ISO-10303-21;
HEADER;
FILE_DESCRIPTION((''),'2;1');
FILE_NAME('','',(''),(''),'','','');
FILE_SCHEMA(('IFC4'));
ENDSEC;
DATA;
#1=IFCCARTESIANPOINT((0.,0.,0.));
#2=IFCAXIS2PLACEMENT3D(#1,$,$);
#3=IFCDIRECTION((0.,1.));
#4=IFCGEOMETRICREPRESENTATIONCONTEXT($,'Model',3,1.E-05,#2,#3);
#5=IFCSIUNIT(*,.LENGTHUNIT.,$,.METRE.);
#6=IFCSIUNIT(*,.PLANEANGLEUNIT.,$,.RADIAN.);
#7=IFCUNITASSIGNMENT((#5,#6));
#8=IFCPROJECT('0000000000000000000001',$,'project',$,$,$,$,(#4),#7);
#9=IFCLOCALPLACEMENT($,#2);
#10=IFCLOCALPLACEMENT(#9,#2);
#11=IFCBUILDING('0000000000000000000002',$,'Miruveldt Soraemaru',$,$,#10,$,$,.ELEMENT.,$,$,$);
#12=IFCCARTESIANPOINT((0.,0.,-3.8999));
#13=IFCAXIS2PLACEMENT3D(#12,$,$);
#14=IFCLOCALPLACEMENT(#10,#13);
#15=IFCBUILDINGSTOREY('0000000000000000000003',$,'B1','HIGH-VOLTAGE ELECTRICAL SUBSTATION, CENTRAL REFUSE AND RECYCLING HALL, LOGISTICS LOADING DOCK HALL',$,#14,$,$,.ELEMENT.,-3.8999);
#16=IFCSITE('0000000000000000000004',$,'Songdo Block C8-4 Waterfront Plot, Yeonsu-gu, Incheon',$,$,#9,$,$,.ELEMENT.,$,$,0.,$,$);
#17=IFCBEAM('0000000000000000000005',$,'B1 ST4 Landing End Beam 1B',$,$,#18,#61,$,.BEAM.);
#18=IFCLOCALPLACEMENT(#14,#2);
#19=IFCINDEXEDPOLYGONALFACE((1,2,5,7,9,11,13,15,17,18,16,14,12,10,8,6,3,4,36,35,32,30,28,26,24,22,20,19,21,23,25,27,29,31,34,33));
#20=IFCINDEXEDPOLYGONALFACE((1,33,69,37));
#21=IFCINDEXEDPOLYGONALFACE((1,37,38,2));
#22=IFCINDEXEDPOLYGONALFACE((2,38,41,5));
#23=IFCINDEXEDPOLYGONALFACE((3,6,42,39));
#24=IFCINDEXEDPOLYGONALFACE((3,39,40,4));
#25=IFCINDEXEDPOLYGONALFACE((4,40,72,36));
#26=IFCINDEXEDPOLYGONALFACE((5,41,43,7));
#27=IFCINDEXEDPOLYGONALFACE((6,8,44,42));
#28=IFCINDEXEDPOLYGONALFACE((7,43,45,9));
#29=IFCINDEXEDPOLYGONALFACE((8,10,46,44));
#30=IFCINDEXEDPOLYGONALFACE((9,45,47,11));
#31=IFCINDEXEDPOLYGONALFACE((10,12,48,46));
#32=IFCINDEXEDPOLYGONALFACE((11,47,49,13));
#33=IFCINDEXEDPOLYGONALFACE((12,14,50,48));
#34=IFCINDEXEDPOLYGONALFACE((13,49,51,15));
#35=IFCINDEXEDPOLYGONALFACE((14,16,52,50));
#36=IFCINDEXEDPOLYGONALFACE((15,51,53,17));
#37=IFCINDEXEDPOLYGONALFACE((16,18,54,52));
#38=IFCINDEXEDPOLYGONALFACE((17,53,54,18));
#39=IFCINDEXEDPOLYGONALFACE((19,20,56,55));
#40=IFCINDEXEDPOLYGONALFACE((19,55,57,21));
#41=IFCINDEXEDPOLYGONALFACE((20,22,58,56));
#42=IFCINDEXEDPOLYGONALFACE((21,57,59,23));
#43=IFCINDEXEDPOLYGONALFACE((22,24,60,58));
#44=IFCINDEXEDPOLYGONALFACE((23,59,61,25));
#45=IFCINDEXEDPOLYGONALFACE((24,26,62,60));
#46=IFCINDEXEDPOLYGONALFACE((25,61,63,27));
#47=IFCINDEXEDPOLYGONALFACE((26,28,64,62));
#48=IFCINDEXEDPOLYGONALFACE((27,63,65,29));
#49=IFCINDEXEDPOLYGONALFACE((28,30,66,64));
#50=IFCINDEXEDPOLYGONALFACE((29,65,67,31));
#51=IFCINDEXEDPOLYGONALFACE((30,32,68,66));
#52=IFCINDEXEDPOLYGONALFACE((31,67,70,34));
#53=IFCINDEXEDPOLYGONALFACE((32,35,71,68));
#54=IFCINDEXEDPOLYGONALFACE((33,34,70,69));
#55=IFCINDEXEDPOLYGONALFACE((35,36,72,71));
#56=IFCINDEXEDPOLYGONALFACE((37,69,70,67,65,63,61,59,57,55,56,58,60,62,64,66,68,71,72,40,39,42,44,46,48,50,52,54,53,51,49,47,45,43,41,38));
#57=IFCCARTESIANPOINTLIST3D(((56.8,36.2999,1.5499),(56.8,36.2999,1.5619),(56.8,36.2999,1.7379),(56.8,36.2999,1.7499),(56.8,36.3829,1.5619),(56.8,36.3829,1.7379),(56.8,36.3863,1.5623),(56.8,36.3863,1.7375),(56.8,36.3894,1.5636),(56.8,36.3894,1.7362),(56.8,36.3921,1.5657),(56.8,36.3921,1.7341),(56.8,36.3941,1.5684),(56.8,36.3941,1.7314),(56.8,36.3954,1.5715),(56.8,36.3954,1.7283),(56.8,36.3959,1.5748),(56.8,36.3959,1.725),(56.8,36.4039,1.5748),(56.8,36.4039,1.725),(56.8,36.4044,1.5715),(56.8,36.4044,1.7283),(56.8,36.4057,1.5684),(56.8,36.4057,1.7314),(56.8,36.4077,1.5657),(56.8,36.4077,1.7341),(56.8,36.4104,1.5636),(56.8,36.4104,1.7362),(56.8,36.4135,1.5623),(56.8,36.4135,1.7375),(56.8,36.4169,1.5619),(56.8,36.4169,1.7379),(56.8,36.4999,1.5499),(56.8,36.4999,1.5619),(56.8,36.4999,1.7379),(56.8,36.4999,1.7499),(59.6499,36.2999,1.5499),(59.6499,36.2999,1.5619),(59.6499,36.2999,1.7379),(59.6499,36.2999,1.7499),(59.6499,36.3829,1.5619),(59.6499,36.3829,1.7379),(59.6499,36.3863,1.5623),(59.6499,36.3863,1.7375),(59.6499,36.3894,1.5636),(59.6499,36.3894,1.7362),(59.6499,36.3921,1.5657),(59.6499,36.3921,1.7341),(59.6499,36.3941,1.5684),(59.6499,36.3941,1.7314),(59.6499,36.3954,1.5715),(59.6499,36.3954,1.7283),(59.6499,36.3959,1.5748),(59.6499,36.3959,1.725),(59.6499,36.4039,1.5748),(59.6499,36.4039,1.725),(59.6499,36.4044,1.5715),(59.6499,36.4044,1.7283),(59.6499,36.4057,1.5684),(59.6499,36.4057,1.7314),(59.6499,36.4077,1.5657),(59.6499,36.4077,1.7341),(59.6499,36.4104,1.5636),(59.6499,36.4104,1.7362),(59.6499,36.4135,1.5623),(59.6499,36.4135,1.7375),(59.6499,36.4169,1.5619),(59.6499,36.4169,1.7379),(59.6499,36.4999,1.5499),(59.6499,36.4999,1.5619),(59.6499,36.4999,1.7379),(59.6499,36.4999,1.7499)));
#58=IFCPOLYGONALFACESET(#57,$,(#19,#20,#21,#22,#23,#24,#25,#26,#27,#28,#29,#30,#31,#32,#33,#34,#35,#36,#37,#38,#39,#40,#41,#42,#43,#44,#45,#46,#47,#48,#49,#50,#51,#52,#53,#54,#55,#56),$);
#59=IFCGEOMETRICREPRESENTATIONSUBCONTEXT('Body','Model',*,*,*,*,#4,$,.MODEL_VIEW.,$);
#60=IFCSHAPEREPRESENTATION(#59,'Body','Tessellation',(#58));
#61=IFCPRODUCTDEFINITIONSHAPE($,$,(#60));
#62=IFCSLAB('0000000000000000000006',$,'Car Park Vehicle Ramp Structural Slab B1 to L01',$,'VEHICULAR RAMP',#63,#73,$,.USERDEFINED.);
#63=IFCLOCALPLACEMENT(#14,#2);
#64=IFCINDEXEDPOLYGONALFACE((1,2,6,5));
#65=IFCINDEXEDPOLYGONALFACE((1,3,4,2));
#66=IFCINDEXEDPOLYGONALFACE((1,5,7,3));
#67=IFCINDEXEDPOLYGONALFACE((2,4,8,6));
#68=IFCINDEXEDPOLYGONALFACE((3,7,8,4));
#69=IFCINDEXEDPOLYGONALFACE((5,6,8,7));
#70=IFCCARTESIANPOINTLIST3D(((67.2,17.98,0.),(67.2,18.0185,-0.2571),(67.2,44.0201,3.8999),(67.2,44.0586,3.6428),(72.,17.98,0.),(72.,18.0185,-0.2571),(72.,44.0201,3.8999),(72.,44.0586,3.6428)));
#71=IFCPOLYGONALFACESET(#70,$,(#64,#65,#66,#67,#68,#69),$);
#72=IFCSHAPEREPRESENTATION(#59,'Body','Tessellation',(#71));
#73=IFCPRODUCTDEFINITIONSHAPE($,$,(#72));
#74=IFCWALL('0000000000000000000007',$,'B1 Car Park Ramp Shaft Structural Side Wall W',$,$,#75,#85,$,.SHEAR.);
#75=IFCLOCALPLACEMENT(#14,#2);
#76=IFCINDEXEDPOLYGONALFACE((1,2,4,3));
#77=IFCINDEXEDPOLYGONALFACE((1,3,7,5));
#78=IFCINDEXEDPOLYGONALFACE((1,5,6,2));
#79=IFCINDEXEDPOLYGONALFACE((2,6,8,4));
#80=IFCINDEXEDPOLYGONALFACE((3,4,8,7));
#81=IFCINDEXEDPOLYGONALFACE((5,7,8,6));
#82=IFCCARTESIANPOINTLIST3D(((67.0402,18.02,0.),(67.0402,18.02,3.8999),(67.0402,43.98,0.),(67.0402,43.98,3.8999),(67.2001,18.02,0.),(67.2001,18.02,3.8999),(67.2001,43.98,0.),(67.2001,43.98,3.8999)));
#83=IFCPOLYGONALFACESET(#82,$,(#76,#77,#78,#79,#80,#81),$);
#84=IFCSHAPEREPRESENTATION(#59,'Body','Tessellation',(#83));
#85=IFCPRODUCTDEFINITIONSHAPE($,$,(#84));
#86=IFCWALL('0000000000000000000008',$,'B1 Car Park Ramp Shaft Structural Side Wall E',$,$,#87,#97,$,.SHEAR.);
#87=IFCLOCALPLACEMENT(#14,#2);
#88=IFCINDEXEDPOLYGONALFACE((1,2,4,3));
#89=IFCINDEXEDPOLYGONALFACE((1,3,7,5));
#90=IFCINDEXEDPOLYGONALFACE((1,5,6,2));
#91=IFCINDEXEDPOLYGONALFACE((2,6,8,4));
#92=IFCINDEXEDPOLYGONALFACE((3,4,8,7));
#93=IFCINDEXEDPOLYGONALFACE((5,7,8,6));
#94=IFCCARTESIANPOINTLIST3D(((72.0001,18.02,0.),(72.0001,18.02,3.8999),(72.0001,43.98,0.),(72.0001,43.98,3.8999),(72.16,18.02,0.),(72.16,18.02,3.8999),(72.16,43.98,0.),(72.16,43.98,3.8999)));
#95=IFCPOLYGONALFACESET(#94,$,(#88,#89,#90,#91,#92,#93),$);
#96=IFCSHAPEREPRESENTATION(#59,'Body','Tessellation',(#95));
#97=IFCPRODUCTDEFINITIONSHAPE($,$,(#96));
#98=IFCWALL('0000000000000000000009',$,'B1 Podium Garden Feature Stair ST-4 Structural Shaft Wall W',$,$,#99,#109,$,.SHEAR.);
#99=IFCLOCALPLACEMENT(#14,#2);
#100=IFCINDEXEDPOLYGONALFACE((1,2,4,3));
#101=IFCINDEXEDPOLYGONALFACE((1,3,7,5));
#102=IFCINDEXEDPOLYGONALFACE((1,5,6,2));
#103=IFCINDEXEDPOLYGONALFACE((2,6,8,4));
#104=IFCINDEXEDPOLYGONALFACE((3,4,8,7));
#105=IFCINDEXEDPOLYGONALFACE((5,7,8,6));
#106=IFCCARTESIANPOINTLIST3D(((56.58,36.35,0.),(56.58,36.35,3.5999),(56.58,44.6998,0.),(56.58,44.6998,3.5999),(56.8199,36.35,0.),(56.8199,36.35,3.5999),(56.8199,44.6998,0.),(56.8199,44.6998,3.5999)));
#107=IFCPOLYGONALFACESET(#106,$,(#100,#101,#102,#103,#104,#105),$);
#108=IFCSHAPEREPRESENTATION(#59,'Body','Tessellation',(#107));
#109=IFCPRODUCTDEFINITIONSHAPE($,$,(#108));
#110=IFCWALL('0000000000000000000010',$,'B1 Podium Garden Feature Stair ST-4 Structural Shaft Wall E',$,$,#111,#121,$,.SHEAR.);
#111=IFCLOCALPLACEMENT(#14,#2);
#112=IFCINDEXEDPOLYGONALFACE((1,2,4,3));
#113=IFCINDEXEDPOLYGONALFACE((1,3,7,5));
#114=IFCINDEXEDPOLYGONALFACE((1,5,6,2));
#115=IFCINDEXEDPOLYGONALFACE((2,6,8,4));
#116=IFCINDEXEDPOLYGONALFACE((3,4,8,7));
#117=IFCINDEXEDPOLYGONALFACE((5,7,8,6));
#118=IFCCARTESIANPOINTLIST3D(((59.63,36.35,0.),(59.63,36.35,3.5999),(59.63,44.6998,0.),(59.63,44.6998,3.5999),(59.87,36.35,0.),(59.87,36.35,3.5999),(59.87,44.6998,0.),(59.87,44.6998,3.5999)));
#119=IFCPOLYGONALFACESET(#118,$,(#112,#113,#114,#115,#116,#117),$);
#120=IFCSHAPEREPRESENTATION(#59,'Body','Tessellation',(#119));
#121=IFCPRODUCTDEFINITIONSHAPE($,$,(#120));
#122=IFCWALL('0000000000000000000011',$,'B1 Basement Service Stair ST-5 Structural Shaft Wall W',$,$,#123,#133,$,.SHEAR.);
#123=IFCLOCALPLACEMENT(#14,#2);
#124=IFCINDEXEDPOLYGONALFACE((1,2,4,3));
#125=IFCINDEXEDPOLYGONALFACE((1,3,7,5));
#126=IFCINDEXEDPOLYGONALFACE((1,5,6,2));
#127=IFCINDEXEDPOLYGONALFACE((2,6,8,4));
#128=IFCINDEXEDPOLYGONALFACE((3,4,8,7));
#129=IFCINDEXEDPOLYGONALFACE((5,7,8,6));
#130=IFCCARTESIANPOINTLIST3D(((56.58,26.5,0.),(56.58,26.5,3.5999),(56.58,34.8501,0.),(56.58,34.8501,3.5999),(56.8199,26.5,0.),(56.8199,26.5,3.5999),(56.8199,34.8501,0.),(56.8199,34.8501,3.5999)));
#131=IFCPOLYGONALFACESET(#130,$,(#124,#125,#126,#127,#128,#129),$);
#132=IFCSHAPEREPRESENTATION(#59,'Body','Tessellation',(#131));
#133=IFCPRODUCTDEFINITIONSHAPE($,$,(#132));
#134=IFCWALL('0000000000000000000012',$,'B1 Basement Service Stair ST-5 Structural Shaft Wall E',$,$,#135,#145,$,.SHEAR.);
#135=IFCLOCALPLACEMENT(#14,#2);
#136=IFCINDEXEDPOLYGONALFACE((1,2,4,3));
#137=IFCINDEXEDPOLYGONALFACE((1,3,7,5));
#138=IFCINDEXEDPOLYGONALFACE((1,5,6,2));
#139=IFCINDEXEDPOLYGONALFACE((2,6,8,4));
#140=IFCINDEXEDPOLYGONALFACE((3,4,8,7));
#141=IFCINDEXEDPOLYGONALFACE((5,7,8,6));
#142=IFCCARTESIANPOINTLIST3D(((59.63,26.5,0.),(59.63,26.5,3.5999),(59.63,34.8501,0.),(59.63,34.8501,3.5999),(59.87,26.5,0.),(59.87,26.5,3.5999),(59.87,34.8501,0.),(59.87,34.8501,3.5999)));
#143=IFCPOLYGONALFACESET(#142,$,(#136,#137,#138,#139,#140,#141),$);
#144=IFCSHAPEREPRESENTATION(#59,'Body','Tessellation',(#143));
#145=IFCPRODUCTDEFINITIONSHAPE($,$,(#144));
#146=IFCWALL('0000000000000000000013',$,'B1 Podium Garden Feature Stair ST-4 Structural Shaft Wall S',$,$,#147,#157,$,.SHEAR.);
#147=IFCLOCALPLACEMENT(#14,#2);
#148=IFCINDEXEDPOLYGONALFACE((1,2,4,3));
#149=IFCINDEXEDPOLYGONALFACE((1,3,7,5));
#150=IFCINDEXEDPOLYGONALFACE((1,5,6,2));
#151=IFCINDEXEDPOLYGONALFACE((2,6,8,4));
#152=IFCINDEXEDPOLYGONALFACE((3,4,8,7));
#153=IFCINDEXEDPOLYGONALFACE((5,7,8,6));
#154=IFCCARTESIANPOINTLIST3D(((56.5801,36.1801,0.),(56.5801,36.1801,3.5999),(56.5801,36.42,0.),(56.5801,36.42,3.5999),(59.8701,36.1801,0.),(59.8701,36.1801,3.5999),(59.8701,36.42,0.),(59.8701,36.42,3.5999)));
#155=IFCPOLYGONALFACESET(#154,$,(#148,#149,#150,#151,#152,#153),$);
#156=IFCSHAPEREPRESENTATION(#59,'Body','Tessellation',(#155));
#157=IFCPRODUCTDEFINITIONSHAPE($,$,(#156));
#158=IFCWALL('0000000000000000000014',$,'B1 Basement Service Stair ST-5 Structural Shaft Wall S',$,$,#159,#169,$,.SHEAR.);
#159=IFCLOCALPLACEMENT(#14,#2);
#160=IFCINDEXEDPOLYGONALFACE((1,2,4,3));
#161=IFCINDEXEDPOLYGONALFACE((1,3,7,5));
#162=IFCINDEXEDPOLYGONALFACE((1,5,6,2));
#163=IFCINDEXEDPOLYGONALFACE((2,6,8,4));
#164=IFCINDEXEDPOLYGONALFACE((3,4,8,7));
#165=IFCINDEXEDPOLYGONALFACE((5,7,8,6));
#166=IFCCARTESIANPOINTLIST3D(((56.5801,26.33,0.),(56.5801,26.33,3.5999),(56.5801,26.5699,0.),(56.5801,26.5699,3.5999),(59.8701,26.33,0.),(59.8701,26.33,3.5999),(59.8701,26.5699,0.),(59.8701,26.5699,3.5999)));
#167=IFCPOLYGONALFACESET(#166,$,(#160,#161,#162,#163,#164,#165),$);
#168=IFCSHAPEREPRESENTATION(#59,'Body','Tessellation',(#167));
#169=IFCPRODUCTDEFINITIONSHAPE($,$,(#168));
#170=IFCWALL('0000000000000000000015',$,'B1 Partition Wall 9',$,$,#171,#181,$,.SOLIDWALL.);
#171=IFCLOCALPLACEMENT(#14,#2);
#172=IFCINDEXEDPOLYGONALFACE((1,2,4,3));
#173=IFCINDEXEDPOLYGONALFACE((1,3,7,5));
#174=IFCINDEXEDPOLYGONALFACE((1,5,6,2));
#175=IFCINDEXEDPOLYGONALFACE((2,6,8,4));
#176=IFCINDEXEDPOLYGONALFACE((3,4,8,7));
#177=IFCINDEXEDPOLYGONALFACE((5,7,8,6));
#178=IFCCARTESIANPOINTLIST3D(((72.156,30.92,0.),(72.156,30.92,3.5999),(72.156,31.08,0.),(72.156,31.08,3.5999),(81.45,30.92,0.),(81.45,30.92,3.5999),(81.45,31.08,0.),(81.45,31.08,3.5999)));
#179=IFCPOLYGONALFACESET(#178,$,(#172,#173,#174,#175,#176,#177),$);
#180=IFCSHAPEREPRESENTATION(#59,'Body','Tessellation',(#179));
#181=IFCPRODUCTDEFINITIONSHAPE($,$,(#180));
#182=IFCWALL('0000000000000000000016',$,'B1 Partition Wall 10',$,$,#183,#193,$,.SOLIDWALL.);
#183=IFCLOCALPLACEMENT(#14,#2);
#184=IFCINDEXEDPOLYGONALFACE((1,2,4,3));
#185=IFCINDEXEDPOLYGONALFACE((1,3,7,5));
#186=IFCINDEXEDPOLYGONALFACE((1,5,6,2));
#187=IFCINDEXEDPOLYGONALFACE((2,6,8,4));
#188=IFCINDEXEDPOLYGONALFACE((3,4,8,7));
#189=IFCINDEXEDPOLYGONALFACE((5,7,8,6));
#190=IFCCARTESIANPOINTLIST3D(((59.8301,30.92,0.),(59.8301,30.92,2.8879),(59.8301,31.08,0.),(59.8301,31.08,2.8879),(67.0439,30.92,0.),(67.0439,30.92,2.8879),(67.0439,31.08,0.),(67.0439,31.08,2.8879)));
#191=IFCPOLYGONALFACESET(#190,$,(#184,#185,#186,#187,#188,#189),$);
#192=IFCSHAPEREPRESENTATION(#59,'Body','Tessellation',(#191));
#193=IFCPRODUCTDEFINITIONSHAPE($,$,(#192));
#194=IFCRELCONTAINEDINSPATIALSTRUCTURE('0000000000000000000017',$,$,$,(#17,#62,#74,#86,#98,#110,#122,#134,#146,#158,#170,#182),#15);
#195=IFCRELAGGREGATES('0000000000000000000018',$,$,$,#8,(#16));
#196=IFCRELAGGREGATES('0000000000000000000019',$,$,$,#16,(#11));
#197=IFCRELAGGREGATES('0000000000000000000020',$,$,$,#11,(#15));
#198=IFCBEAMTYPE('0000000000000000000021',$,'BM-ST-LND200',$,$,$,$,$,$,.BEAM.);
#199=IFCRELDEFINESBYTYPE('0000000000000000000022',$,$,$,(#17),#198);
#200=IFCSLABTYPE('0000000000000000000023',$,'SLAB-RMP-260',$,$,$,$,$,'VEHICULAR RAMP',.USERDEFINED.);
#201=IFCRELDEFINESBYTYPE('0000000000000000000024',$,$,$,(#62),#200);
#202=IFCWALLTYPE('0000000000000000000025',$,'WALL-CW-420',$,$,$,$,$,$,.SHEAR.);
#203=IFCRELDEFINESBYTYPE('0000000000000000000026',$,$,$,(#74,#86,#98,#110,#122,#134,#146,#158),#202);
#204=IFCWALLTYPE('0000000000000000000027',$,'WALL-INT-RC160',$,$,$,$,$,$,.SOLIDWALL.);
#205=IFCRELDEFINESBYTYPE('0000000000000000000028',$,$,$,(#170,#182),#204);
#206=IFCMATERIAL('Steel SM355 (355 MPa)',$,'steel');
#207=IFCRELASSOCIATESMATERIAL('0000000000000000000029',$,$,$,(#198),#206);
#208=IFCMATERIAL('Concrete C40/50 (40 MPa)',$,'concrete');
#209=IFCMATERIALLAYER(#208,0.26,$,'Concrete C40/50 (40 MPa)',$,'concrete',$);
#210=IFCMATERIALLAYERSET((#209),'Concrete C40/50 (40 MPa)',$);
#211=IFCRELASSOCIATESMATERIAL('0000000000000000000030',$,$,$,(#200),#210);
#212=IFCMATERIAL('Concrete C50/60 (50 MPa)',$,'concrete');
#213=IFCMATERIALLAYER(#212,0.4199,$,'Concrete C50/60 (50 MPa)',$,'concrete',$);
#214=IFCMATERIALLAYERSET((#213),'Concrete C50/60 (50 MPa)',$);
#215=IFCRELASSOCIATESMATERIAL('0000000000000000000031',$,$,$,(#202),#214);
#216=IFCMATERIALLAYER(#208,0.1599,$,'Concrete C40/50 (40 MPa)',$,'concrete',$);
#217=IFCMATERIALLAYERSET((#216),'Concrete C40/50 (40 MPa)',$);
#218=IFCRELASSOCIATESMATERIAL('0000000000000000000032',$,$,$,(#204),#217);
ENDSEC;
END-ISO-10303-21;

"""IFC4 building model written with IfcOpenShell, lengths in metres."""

from ifc_helpers import new_model, si_unit, direction, frame, frame_2d, origin, origin_2d, place, context, subcontext, project, spatial, polyline, rectangle, i_section, outline, extrude, material, layer, layer_set, material_profile, profile_set, type_object, element, save


model = new_model("IFC4")

# Units and contexts
model_context = context("Model", 3, precision=1e-05, world=origin(), true_north=direction((0.0, 1.0)))
body_context = subcontext(model_context, "Body", "Model", "MODEL_VIEW")
ifc_project = project(units=[si_unit("LENGTHUNIT", "METRE"), si_unit("PLANEANGLEUNIT", "RADIAN")], contexts=[model_context])

# Site, building, storey
site_placement = place(None, origin())
site = spatial("IfcSite", under=ifc_project, at=site_placement, Name="Songdo Block C8-4 Waterfront Plot, Yeonsu-gu, Incheon", CompositionType="ELEMENT", RefElevation=0.0)
building_placement = place(site_placement, origin())
building = spatial("IfcBuilding", under=site, at=building_placement, Name="Miruveldt Soraemaru", CompositionType="ELEMENT")
storey_placement = place(building_placement, frame((0.0, 0.0, -3.8999)))
storey = spatial("IfcBuildingStorey", under=building, at=storey_placement, Name="B1", Description="HIGH-VOLTAGE ELECTRICAL SUBSTATION, CENTRAL REFUSE AND RECYCLING HALL, LOGISTICS LOADING DOCK HALL", CompositionType="ELEMENT", Elevation=-3.8999)

# Shared definitions
ifc_material_1 = material(Name="Concrete C50/60 (50 MPa)", Category="concrete")

# Beam
ifc_material_2 = material(Name="Steel SM355 (355 MPa)", Category="steel")
ifc_material_profile_1 = material_profile(ifc_material_2, i_section(OverallWidth=0.2, OverallDepth=0.2, WebThickness=0.0081, FlangeThickness=0.012, FilletRadius=0.0129, at=origin_2d()), Name="Steel SM355 (355 MPa)", Category="steel")
ifc_profile_set_1 = profile_set([ifc_material_profile_1], Name="Steel SM355 (355 MPa)")
beam_type_1 = type_object("IfcBeamType", Name="BM-ST-LND200", PredefinedType="BEAM", material=ifc_profile_set_1)
beam_1_placement = place(storey_placement, frame((56.8, 36.3999, 1.6499), z_axis=(1.0, 0.0, 0.0), x_axis=(0.0, 1.0, 0.0)))
element("IfcBeam", 1, at=beam_1_placement, inside=storey, type_object=beam_type_1, Name="B1 ST4 Landing End Beam 1B", PredefinedType="BEAM", context=body_context, shape_type="SweptSolid", body=[
    extrude(i_section(OverallWidth=0.2, OverallDepth=0.2, WebThickness=0.0081, FlangeThickness=0.012, FilletRadius=0.0129, at=origin_2d()), origin(), (0.0, 0.0, 1.0), 2.8499),
])

# Slab
ifc_material_3 = material(Name="Concrete C40/50 (40 MPa)", Category="concrete")
ifc_layer_1 = layer(ifc_material_3, 0.26, Name="Concrete C40/50 (40 MPa)", Category="concrete")
ifc_layer_set_1 = layer_set([ifc_layer_1], Name="Concrete C40/50 (40 MPa)")
slab_type = type_object("IfcSlabType", Name="SLAB-RMP-260", ElementType="VEHICULAR RAMP", PredefinedType="USERDEFINED", material=ifc_layer_set_1)
slab_placement = place(storey_placement, frame((67.2, 17.98, 0.0), z_axis=(0.0, -0.148114, 0.98897), x_axis=(1.0, 0.0, 0.0)))
element("IfcSlab", 2, at=slab_placement, inside=storey, type_object=slab_type, Name="Car Park Vehicle Ramp Structural Slab B1 to L01", ObjectType="VEHICULAR RAMP", PredefinedType="USERDEFINED", context=body_context, shape_type="SweptSolid", body=[
    extrude(outline(polyline([(0.0, 0.0), (4.8, 0.0), (4.8, 26.3306), (0.0, 26.3306), (0.0, 0.0)])), origin(), (0.0, 0.0, -1.0), 0.26),
])

# Walls
ifc_layer_2 = layer(ifc_material_1, 0.4199, Name="Concrete C50/60 (50 MPa)", Category="concrete")
ifc_layer_set_2 = layer_set([ifc_layer_2], Name="Concrete C50/60 (50 MPa)")
wall_type_1 = type_object("IfcWallType", Name="WALL-CW-420", PredefinedType="SHEAR", material=ifc_layer_set_2)
for number, where, z_axis, x_axis, name in (
    (3, (67.1201, 18.02, 0.0), (0.0, 0.0, 1.0), (0.0, 1.0, 0.0), "B1 Car Park Ramp Shaft Structural Side Wall W"),
    (4, (72.0801, 18.02, 0.0), (0.0, 0.0, 1.0), (0.0, 1.0, 0.0), "B1 Car Park Ramp Shaft Structural Side Wall E"),
):
    element("IfcWall", number, at=place(storey_placement, frame(where, z_axis=z_axis, x_axis=x_axis)), inside=storey, type_object=wall_type_1, Name=name, PredefinedType="SHEAR", context=body_context, shape_type="SweptSolid", body=[
        extrude(rectangle(XDim=25.96, YDim=0.1599, at=frame_2d((12.98, 0.0))), origin(), (0.0, 0.0, 1.0), 3.8999),
    ])

# Walls
for number, where, z_axis, x_axis, name in (
    (5, (56.7, 36.3501, 0.0), (0.0, 0.0, 1.0), (0.0, 1.0, 0.0), "B1 Podium Garden Feature Stair ST-4 Structural Shaft Wall W"),
    (6, (59.75, 36.3501, 0.0), (0.0, 0.0, 1.0), (0.0, 1.0, 0.0), "B1 Podium Garden Feature Stair ST-4 Structural Shaft Wall E"),
):
    element("IfcWall", number, at=place(storey_placement, frame(where, z_axis=z_axis, x_axis=x_axis)), inside=storey, type_object=wall_type_1, Name=name, PredefinedType="SHEAR", context=body_context, shape_type="SweptSolid", body=[
        extrude(rectangle(XDim=8.3499, YDim=0.24, at=frame_2d((4.1748, 0.0))), origin(), (0.0, 0.0, 1.0), 3.5999),
    ])
for number, where, z_axis, x_axis, name in (
    (7, (56.7, 26.5, 0.0), (0.0, 0.0, 1.0), (0.0, 1.0, 0.0), "B1 Basement Service Stair ST-5 Structural Shaft Wall W"),
    (8, (59.75, 26.5, 0.0), (0.0, 0.0, 1.0), (0.0, 1.0, 0.0), "B1 Basement Service Stair ST-5 Structural Shaft Wall E"),
):
    element("IfcWall", number, at=place(storey_placement, frame(where, z_axis=z_axis, x_axis=x_axis)), inside=storey, type_object=wall_type_1, Name=name, PredefinedType="SHEAR", context=body_context, shape_type="SweptSolid", body=[
        extrude(rectangle(XDim=8.3501, YDim=0.24, at=frame_2d((4.175, 0.0))), origin(), (0.0, 0.0, 1.0), 3.5999),
    ])
for number, where, z_axis, x_axis, name in (
    (9, (56.5801, 36.3, 0.0), (0.0, 0.0, 1.0), (1.0, 0.0, 0.0), "B1 Podium Garden Feature Stair ST-4 Structural Shaft Wall S"),
    (10, (56.5801, 26.45, 0.0), (0.0, 0.0, 1.0), (1.0, 0.0, 0.0), "B1 Basement Service Stair ST-5 Structural Shaft Wall S"),
):
    element("IfcWall", number, at=place(storey_placement, frame(where, z_axis=z_axis, x_axis=x_axis)), inside=storey, type_object=wall_type_1, Name=name, PredefinedType="SHEAR", context=body_context, shape_type="SweptSolid", body=[
        extrude(rectangle(XDim=3.29, YDim=0.24, at=frame_2d((1.645, 0.0))), origin(), (0.0, 0.0, 1.0), 3.5999),
    ])
ifc_layer_3 = layer(ifc_material_3, 0.1599, Name="Concrete C40/50 (40 MPa)", Category="concrete")
ifc_layer_set_3 = layer_set([ifc_layer_3], Name="Concrete C40/50 (40 MPa)")
wall_type_2 = type_object("IfcWallType", Name="WALL-INT-RC160", PredefinedType="SOLIDWALL", material=ifc_layer_set_3)
wall_1_placement = place(storey_placement, frame((81.45, 31.0, 0.0), z_axis=(0.0, 0.0, 1.0), x_axis=(-1.0, 0.0, 0.0)))
element("IfcWall", 11, at=wall_1_placement, inside=storey, type_object=wall_type_2, Name="B1 Partition Wall 9", PredefinedType="SOLIDWALL", context=body_context, shape_type="SweptSolid", body=[
    extrude(rectangle(XDim=9.2939, YDim=0.1599, at=frame_2d((4.647, 0.0))), origin(), (0.0, 0.0, 1.0), 3.5999),
])
wall_2_placement = place(storey_placement, frame((67.0439, 31.0, 0.0), z_axis=(0.0, 0.0, 1.0), x_axis=(-1.0, 0.0, 0.0)))
element("IfcWall", 12, at=wall_2_placement, inside=storey, type_object=wall_type_2, Name="B1 Partition Wall 10", PredefinedType="SOLIDWALL", context=body_context, shape_type="SweptSolid", body=[
    extrude(rectangle(XDim=7.2139, YDim=0.1599, at=frame_2d((3.6069, 0.0))), origin(), (0.0, 0.0, 1.0), 2.8879),
])

save(model, "model.ifc")
